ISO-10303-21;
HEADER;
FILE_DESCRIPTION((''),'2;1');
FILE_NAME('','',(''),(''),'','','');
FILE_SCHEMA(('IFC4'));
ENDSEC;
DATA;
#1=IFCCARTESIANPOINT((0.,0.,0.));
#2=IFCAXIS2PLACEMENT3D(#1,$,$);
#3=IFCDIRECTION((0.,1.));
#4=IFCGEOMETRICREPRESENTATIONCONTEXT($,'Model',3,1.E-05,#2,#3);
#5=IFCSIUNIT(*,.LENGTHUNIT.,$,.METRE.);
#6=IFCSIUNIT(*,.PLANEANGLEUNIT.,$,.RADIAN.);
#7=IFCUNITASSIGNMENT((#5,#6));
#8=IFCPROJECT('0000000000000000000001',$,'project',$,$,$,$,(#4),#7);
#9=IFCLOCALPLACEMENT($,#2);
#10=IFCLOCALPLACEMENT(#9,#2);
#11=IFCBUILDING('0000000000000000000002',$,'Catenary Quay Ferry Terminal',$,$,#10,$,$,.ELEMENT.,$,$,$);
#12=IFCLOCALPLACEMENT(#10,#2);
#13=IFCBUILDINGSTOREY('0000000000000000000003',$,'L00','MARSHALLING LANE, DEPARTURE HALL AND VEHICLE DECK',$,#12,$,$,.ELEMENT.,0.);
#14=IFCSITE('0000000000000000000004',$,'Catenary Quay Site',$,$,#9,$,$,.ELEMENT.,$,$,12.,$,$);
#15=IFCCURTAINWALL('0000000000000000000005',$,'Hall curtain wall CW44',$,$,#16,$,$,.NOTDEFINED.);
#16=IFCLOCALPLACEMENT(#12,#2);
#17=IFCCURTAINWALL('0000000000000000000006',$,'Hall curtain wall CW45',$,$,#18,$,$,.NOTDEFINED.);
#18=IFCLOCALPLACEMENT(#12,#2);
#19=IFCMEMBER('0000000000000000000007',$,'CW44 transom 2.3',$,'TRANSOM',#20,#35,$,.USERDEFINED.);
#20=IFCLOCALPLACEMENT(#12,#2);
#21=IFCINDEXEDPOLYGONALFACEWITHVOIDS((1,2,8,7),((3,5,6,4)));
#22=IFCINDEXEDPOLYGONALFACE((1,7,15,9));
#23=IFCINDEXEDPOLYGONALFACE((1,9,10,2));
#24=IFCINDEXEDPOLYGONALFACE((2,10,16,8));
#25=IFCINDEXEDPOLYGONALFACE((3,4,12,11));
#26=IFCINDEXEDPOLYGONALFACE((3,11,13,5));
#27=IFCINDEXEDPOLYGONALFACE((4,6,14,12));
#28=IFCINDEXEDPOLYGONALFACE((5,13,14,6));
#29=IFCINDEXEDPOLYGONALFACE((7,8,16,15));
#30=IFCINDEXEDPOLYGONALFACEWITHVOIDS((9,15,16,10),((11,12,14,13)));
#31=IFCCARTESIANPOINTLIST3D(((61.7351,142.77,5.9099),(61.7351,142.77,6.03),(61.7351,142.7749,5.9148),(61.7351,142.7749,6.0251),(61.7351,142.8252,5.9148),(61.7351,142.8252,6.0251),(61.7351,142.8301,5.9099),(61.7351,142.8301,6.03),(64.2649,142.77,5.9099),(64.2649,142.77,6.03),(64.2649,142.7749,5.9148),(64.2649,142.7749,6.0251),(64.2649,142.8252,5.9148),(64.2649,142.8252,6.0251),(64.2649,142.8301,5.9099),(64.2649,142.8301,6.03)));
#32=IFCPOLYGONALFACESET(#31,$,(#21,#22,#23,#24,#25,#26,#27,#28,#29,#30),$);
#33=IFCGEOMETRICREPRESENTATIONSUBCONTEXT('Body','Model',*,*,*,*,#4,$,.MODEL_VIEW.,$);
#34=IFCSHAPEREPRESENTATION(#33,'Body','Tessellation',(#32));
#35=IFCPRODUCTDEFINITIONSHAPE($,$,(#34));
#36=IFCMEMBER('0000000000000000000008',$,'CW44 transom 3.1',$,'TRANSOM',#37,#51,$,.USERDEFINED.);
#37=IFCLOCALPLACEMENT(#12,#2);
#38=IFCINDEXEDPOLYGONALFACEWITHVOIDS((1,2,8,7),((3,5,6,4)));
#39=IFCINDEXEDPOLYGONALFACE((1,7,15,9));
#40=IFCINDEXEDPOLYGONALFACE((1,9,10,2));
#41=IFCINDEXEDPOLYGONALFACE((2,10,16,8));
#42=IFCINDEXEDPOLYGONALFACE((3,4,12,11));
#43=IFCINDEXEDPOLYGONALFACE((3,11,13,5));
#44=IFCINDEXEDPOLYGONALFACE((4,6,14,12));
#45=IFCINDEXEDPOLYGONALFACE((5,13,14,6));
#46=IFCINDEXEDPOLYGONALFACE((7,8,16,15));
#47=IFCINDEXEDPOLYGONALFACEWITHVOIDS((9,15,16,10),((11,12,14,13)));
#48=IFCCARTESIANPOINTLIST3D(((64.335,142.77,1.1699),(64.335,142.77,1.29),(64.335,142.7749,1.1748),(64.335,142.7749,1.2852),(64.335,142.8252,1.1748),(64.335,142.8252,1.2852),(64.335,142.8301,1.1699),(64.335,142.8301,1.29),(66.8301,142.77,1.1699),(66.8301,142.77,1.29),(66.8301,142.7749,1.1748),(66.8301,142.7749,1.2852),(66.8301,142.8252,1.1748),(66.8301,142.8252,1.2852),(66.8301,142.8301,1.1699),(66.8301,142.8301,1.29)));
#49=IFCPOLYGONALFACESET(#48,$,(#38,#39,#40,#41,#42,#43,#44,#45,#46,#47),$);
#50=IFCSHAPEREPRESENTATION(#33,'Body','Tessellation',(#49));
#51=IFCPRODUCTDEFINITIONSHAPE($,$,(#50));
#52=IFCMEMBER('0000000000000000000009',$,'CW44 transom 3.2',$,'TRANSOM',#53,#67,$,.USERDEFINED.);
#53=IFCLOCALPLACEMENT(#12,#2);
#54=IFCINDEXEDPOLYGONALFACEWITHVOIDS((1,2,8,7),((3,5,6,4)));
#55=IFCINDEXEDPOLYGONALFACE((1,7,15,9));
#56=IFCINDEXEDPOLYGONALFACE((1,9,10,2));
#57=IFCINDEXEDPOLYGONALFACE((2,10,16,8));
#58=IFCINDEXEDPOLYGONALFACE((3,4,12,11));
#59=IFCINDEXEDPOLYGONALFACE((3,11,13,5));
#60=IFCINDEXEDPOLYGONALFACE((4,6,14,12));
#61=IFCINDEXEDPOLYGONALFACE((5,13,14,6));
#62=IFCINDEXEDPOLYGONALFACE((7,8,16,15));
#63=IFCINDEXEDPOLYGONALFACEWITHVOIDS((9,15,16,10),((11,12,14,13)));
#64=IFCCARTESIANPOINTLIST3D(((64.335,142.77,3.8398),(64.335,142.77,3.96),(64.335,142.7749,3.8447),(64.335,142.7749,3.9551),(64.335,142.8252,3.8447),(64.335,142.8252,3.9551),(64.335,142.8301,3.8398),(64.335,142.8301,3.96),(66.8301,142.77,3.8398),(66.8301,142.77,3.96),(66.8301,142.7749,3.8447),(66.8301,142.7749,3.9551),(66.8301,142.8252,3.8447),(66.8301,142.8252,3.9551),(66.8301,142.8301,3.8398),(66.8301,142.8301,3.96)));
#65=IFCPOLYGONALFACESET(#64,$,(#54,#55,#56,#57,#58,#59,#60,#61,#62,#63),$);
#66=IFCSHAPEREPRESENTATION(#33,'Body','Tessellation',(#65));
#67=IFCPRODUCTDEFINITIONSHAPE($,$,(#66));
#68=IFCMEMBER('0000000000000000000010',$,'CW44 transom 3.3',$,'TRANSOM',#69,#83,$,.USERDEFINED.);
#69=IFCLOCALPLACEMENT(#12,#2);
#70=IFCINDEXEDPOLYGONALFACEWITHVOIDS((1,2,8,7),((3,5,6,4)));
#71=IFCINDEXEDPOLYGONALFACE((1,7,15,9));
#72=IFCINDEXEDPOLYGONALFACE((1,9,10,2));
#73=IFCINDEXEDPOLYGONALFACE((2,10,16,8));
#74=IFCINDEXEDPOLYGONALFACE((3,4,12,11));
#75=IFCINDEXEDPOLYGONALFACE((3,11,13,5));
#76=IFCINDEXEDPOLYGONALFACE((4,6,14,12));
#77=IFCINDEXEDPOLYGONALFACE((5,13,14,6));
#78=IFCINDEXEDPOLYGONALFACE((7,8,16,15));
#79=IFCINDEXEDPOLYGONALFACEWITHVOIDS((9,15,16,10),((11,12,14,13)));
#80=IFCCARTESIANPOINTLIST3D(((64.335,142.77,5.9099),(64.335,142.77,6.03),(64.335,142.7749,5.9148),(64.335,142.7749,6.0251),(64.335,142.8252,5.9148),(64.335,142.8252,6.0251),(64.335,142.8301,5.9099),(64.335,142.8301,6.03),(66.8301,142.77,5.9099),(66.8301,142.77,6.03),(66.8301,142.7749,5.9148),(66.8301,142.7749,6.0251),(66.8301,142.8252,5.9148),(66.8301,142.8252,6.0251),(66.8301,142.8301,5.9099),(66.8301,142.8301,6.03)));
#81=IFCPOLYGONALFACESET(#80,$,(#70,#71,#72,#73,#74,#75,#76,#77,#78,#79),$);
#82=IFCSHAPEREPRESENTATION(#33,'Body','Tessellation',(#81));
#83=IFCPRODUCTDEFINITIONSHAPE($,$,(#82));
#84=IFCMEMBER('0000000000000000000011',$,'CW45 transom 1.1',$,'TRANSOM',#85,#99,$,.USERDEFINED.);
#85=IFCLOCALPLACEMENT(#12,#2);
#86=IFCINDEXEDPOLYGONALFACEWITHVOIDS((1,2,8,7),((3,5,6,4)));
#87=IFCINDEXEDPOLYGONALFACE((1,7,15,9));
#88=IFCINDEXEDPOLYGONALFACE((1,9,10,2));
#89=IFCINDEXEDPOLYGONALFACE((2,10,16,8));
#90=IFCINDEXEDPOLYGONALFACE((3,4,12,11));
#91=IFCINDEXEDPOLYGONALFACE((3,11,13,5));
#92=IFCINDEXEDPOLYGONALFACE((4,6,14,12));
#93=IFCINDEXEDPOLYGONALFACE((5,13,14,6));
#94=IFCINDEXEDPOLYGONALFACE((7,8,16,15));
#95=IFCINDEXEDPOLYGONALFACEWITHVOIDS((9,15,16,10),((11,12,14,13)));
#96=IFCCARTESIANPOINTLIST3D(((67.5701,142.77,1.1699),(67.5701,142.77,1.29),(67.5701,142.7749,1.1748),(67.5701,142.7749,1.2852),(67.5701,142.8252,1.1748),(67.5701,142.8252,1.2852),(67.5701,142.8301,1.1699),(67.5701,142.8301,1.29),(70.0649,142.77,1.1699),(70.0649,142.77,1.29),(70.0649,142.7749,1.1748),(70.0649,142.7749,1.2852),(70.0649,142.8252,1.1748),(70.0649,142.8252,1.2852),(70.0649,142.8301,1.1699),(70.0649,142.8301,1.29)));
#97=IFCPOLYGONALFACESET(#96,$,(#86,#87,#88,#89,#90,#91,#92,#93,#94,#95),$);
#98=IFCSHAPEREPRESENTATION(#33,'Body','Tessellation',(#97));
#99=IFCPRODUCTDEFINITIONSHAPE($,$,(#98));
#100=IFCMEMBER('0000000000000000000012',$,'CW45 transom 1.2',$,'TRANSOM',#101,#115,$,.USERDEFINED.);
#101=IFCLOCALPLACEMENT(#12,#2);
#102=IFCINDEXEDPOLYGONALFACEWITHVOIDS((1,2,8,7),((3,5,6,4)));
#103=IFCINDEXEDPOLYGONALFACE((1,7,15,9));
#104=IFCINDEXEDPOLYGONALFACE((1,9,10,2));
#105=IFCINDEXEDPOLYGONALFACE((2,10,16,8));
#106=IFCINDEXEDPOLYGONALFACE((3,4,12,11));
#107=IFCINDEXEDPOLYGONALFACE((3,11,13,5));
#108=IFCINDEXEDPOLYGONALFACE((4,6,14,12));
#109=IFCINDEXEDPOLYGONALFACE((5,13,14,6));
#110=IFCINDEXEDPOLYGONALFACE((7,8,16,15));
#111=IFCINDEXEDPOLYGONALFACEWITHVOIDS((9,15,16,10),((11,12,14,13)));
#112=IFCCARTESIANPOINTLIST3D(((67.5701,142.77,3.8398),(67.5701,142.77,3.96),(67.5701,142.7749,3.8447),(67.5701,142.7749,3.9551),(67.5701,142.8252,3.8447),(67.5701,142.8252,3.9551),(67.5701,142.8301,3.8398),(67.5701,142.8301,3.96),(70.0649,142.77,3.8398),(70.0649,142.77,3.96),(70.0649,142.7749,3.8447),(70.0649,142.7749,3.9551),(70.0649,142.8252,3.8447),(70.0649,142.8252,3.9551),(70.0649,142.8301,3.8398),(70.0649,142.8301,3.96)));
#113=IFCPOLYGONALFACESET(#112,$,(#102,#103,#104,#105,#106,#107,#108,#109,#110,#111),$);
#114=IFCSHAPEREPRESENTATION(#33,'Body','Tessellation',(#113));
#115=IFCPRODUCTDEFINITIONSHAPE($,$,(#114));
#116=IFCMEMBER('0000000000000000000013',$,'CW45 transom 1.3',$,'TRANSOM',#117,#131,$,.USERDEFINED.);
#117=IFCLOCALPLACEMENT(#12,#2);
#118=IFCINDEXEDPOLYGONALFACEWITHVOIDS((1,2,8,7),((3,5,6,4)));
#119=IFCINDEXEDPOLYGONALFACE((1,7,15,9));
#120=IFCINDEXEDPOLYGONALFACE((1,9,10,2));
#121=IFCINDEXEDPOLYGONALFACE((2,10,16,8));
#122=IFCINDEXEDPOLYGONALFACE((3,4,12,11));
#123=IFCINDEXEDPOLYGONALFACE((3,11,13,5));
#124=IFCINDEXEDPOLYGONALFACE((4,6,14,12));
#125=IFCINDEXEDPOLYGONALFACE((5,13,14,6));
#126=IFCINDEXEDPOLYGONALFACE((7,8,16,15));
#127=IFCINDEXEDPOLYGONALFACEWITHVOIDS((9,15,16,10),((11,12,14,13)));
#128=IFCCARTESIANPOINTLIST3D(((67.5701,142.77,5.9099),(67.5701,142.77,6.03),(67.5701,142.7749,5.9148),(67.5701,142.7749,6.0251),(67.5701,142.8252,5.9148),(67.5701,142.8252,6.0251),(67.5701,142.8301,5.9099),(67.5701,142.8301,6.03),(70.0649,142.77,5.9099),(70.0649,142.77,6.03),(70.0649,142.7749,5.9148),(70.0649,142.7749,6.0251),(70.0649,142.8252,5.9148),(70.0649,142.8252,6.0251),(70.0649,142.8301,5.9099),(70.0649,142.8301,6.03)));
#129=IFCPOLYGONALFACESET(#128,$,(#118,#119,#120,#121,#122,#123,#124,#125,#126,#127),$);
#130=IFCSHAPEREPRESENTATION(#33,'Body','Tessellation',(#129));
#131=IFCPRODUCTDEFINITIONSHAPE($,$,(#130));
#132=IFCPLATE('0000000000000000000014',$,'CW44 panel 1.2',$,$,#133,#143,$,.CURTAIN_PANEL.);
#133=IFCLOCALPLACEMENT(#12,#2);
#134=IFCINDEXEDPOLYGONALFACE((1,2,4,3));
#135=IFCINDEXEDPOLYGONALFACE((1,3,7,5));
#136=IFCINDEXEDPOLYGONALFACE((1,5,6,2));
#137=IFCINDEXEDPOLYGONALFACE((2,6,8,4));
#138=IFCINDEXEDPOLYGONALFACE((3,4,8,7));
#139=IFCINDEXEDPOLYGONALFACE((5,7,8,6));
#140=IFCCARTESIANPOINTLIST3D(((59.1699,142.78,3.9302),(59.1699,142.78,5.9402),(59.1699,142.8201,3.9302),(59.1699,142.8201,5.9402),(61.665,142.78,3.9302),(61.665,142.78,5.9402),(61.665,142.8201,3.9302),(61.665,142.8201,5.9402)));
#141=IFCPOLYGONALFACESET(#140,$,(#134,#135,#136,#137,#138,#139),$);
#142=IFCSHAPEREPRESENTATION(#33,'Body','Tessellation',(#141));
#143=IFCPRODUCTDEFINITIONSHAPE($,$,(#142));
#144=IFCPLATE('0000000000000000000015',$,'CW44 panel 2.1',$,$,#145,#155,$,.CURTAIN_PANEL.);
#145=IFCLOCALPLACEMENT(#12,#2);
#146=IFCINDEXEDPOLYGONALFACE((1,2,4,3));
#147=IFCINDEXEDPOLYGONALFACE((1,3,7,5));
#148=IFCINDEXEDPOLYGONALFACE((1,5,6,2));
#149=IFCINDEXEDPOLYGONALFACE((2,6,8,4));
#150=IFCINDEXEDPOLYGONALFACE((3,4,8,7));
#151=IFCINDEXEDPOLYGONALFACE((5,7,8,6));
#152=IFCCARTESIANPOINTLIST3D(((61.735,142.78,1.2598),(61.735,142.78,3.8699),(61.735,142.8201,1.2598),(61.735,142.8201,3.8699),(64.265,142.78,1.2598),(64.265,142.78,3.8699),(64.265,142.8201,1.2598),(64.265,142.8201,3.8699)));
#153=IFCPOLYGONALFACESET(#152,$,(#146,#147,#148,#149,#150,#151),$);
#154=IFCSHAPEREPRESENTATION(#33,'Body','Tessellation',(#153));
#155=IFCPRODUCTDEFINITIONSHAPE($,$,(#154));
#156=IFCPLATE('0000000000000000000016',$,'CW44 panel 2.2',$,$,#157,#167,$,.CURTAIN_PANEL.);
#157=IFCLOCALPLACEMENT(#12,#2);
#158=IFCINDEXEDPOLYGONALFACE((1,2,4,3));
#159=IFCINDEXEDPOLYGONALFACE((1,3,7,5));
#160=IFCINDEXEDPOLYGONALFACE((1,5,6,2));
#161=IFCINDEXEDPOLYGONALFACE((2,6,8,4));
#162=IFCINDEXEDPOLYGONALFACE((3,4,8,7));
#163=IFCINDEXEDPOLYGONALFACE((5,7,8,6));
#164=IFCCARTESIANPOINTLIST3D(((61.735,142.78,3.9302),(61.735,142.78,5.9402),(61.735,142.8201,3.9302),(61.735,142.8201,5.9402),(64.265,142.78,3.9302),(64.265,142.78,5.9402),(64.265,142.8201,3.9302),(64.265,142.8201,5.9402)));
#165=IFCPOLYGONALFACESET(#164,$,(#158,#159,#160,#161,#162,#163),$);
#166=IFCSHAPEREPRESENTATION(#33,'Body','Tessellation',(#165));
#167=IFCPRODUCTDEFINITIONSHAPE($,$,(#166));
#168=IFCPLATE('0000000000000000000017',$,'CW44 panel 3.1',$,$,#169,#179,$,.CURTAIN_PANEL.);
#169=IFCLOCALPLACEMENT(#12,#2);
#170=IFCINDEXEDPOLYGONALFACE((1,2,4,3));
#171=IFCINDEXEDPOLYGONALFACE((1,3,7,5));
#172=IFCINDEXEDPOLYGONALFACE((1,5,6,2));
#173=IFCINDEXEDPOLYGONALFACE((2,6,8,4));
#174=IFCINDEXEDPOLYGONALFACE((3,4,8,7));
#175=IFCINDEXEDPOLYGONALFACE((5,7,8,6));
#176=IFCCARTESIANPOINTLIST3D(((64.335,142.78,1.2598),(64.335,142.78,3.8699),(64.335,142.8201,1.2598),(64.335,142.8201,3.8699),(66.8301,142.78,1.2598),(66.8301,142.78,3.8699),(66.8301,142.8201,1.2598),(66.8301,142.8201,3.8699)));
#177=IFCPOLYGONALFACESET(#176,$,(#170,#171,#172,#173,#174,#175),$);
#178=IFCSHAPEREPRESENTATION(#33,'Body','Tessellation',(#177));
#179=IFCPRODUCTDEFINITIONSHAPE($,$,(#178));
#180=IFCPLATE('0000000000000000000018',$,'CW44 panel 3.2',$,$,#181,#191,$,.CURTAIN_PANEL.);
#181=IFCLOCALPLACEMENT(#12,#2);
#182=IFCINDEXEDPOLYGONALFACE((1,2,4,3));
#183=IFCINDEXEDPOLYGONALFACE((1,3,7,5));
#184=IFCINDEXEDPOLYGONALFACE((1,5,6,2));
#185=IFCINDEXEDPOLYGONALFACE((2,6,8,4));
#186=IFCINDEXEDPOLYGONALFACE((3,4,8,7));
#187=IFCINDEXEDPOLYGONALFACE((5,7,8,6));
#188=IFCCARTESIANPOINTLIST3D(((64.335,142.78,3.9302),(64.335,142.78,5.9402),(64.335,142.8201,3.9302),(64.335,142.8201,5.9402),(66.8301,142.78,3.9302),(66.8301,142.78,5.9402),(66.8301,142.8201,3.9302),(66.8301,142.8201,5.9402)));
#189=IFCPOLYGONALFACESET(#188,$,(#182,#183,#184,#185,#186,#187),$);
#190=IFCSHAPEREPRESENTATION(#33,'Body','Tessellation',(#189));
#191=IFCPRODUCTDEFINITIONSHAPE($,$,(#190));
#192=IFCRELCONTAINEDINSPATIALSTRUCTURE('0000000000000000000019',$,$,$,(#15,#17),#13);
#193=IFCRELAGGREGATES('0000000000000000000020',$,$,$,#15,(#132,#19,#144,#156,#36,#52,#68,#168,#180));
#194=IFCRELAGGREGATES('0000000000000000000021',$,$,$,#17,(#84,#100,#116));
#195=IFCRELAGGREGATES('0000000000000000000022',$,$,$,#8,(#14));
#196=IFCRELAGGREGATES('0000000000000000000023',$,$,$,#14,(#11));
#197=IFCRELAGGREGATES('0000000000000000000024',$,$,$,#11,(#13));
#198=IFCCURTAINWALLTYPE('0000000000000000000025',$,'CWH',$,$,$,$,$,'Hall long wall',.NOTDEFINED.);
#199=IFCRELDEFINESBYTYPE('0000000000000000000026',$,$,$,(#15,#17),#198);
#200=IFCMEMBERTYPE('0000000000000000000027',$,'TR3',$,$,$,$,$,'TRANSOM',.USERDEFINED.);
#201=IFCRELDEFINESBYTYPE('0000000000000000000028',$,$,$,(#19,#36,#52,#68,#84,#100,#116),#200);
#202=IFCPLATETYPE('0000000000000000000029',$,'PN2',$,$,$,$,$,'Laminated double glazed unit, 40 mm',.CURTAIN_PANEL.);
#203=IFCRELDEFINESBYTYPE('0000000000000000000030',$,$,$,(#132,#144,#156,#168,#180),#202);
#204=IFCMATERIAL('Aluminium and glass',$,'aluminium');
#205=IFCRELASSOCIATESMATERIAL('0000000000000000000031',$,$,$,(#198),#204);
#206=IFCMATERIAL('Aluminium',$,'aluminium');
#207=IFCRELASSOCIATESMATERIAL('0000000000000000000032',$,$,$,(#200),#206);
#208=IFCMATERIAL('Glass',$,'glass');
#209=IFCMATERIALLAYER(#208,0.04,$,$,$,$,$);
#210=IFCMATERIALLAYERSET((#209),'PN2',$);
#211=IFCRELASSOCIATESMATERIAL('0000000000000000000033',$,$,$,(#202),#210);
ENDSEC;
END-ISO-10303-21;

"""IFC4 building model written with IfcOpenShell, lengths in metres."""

from ifc_helpers import new_model, si_unit, direction, frame, origin, origin_2d, place, context, subcontext, project, spatial, rectangle, hollow_rectangle, extrude, material, layer, layer_set, material_profile, profile_set, type_object, element, aggregate, save


model = new_model("IFC4")

# Units and contexts
model_context = context("Model", 3, precision=1e-05, world=origin(), true_north=direction((0.0, 1.0)))
body_context = subcontext(model_context, "Body", "Model", "MODEL_VIEW")
ifc_project = project(units=[si_unit("LENGTHUNIT", "METRE"), si_unit("PLANEANGLEUNIT", "RADIAN")], contexts=[model_context])

# Site, building, storey
site_placement = place(None, origin())
site = spatial("IfcSite", under=ifc_project, at=site_placement, Name="Catenary Quay Site", CompositionType="ELEMENT", RefElevation=12.0)
building_placement = place(site_placement, origin())
building = spatial("IfcBuilding", under=site, at=building_placement, Name="Catenary Quay Ferry Terminal", CompositionType="ELEMENT")
storey_placement = place(building_placement, origin())
storey = spatial("IfcBuildingStorey", under=building, at=storey_placement, Name="L00", Description="MARSHALLING LANE, DEPARTURE HALL AND VEHICLE DECK", CompositionType="ELEMENT", Elevation=0.0)

# Curtain wall
ifc_material_1 = material(Name="Aluminium and glass", Category="aluminium")
curtain_wall_type = type_object("IfcCurtainWallType", Name="CWH", ElementType="Hall long wall", PredefinedType="NOTDEFINED", material=ifc_material_1)
curtain_wall_1_placement = place(storey_placement, origin())
curtain_wall_1 = element("IfcCurtainWall", 1, at=curtain_wall_1_placement, inside=storey, type_object=curtain_wall_type, Name="Hall curtain wall CW44", PredefinedType="NOTDEFINED")

# Curtain wall
curtain_wall_2_placement = place(storey_placement, origin())
curtain_wall_2 = element("IfcCurtainWall", 2, at=curtain_wall_2_placement, inside=storey, type_object=curtain_wall_type, Name="Hall curtain wall CW45", PredefinedType="NOTDEFINED")

# Members
ifc_material_2 = material(Name="Aluminium", Category="aluminium")
ifc_material_profile_1 = material_profile(ifc_material_2, hollow_rectangle(XDim=0.0601, YDim=0.1201, WallThickness=0.0049, at=origin_2d()), Name="TR3")
ifc_profile_set_1 = profile_set([ifc_material_profile_1], Name="Aluminium")
member_type_1 = type_object("IfcMemberType", Name="TR3", ElementType="TRANSOM", PredefinedType="USERDEFINED", material=ifc_profile_set_1)
member_1_placement = place(storey_placement, frame((61.7351, 142.8, 5.97), z_axis=(1.0, 0.0, 0.0), x_axis=(0.0, 1.0, 0.0)))
member_1 = element("IfcMember", 3, at=member_1_placement, type_object=member_type_1, Name="CW44 transom 2.3", ObjectType="TRANSOM", PredefinedType="USERDEFINED", context=body_context, shape_type="SweptSolid", body=[
    extrude(hollow_rectangle(XDim=0.0601, YDim=0.1201, WallThickness=0.0049, at=origin_2d()), origin(), (0.0, 0.0, 1.0), 2.5298),
])
member_2_placement = place(storey_placement, frame((64.335, 142.8, 1.23), z_axis=(1.0, 0.0, 0.0), x_axis=(0.0, 1.0, 0.0)))
member_2 = element("IfcMember", 4, at=member_2_placement, type_object=member_type_1, Name="CW44 transom 3.1", ObjectType="TRANSOM", PredefinedType="USERDEFINED", context=body_context, shape_type="SweptSolid", body=[
    extrude(hollow_rectangle(XDim=0.0601, YDim=0.1201, WallThickness=0.0049, at=origin_2d()), origin(), (0.0, 0.0, 1.0), 2.4951),
])
member_3_placement = place(storey_placement, frame((64.335, 142.8, 3.8999), z_axis=(1.0, 0.0, 0.0), x_axis=(0.0, 1.0, 0.0)))
member_3 = element("IfcMember", 5, at=member_3_placement, type_object=member_type_1, Name="CW44 transom 3.2", ObjectType="TRANSOM", PredefinedType="USERDEFINED", context=body_context, shape_type="SweptSolid", body=[
    extrude(hollow_rectangle(XDim=0.0601, YDim=0.1201, WallThickness=0.0049, at=origin_2d()), origin(), (0.0, 0.0, 1.0), 2.4951),
])
member_4_placement = place(storey_placement, frame((64.335, 142.8, 5.97), z_axis=(1.0, 0.0, 0.0), x_axis=(0.0, 1.0, 0.0)))
member_4 = element("IfcMember", 6, at=member_4_placement, type_object=member_type_1, Name="CW44 transom 3.3", ObjectType="TRANSOM", PredefinedType="USERDEFINED", context=body_context, shape_type="SweptSolid", body=[
    extrude(hollow_rectangle(XDim=0.0601, YDim=0.1201, WallThickness=0.0049, at=origin_2d()), origin(), (0.0, 0.0, 1.0), 2.4951),
])
member_5_placement = place(storey_placement, frame((67.5701, 142.8, 1.23), z_axis=(1.0, 0.0, 0.0), x_axis=(0.0, 1.0, 0.0)))
member_5 = element("IfcMember", 7, at=member_5_placement, type_object=member_type_1, Name="CW45 transom 1.1", ObjectType="TRANSOM", PredefinedType="USERDEFINED", context=body_context, shape_type="SweptSolid", body=[
    extrude(hollow_rectangle(XDim=0.0601, YDim=0.1201, WallThickness=0.0049, at=origin_2d()), origin(), (0.0, 0.0, 1.0), 2.4949),
])
member_6_placement = place(storey_placement, frame((67.5701, 142.8, 3.8999), z_axis=(1.0, 0.0, 0.0), x_axis=(0.0, 1.0, 0.0)))
member_6 = element("IfcMember", 8, at=member_6_placement, type_object=member_type_1, Name="CW45 transom 1.2", ObjectType="TRANSOM", PredefinedType="USERDEFINED", context=body_context, shape_type="SweptSolid", body=[
    extrude(hollow_rectangle(XDim=0.0601, YDim=0.1201, WallThickness=0.0049, at=origin_2d()), origin(), (0.0, 0.0, 1.0), 2.4949),
])
member_7_placement = place(storey_placement, frame((67.5701, 142.8, 5.97), z_axis=(1.0, 0.0, 0.0), x_axis=(0.0, 1.0, 0.0)))
member_7 = element("IfcMember", 9, at=member_7_placement, type_object=member_type_1, Name="CW45 transom 1.3", ObjectType="TRANSOM", PredefinedType="USERDEFINED", context=body_context, shape_type="SweptSolid", body=[
    extrude(hollow_rectangle(XDim=0.0601, YDim=0.1201, WallThickness=0.0049, at=origin_2d()), origin(), (0.0, 0.0, 1.0), 2.4949),
])

# Plates
ifc_material_3 = material(Name="Glass", Category="glass")
ifc_layer_1 = layer(ifc_material_3, 0.04)
ifc_layer_set_1 = layer_set([ifc_layer_1], Name="PN2")
plate_type = type_object("IfcPlateType", Name="PN2", ElementType="Laminated double glazed unit, 40 mm", PredefinedType="CURTAIN_PANEL", material=ifc_layer_set_1)
plate_1_placement = place(storey_placement, frame((60.4175, 142.8, 3.9302), z_axis=(0.0, 0.0, 1.0), x_axis=(1.0, 0.0, 0.0)))
plate_1 = element("IfcPlate", 10, at=plate_1_placement, type_object=plate_type, Name="CW44 panel 1.2", PredefinedType="CURTAIN_PANEL", context=body_context, shape_type="SweptSolid", body=[
    extrude(rectangle(XDim=2.4951, YDim=0.04, at=origin_2d()), origin(), (0.0, 0.0, 1.0), 2.01),
])
plate_2_placement = place(storey_placement, frame((63.0, 142.8, 1.2598), z_axis=(0.0, 0.0, 1.0), x_axis=(1.0, 0.0, 0.0)))
plate_2 = element("IfcPlate", 11, at=plate_2_placement, type_object=plate_type, Name="CW44 panel 2.1", PredefinedType="CURTAIN_PANEL", context=body_context, shape_type="SweptSolid", body=[
    extrude(rectangle(XDim=2.53, YDim=0.04, at=origin_2d()), origin(), (0.0, 0.0, 1.0), 2.6101),
])
plate_3_placement = place(storey_placement, frame((63.0, 142.8, 3.9302), z_axis=(0.0, 0.0, 1.0), x_axis=(1.0, 0.0, 0.0)))
plate_3 = element("IfcPlate", 12, at=plate_3_placement, type_object=plate_type, Name="CW44 panel 2.2", PredefinedType="CURTAIN_PANEL", context=body_context, shape_type="SweptSolid", body=[
    extrude(rectangle(XDim=2.53, YDim=0.04, at=origin_2d()), origin(), (0.0, 0.0, 1.0), 2.01),
])
plate_4_placement = place(storey_placement, frame((65.5825, 142.8, 1.2598), z_axis=(0.0, 0.0, 1.0), x_axis=(1.0, 0.0, 0.0)))
plate_4 = element("IfcPlate", 13, at=plate_4_placement, type_object=plate_type, Name="CW44 panel 3.1", PredefinedType="CURTAIN_PANEL", context=body_context, shape_type="SweptSolid", body=[
    extrude(rectangle(XDim=2.4951, YDim=0.04, at=origin_2d()), origin(), (0.0, 0.0, 1.0), 2.6101),
])
plate_5_placement = place(storey_placement, frame((65.5825, 142.8, 3.9302), z_axis=(0.0, 0.0, 1.0), x_axis=(1.0, 0.0, 0.0)))
plate_5 = element("IfcPlate", 14, at=plate_5_placement, type_object=plate_type, Name="CW44 panel 3.2", PredefinedType="CURTAIN_PANEL", context=body_context, shape_type="SweptSolid", body=[
    extrude(rectangle(XDim=2.4951, YDim=0.04, at=origin_2d()), origin(), (0.0, 0.0, 1.0), 2.01),
])
aggregate(curtain_wall_1, [plate_1, member_1, plate_2, plate_3, member_2, member_3, member_4, plate_4, plate_5])
aggregate(curtain_wall_2, [member_5, member_6, member_7])

save(model, "model.ifc")
